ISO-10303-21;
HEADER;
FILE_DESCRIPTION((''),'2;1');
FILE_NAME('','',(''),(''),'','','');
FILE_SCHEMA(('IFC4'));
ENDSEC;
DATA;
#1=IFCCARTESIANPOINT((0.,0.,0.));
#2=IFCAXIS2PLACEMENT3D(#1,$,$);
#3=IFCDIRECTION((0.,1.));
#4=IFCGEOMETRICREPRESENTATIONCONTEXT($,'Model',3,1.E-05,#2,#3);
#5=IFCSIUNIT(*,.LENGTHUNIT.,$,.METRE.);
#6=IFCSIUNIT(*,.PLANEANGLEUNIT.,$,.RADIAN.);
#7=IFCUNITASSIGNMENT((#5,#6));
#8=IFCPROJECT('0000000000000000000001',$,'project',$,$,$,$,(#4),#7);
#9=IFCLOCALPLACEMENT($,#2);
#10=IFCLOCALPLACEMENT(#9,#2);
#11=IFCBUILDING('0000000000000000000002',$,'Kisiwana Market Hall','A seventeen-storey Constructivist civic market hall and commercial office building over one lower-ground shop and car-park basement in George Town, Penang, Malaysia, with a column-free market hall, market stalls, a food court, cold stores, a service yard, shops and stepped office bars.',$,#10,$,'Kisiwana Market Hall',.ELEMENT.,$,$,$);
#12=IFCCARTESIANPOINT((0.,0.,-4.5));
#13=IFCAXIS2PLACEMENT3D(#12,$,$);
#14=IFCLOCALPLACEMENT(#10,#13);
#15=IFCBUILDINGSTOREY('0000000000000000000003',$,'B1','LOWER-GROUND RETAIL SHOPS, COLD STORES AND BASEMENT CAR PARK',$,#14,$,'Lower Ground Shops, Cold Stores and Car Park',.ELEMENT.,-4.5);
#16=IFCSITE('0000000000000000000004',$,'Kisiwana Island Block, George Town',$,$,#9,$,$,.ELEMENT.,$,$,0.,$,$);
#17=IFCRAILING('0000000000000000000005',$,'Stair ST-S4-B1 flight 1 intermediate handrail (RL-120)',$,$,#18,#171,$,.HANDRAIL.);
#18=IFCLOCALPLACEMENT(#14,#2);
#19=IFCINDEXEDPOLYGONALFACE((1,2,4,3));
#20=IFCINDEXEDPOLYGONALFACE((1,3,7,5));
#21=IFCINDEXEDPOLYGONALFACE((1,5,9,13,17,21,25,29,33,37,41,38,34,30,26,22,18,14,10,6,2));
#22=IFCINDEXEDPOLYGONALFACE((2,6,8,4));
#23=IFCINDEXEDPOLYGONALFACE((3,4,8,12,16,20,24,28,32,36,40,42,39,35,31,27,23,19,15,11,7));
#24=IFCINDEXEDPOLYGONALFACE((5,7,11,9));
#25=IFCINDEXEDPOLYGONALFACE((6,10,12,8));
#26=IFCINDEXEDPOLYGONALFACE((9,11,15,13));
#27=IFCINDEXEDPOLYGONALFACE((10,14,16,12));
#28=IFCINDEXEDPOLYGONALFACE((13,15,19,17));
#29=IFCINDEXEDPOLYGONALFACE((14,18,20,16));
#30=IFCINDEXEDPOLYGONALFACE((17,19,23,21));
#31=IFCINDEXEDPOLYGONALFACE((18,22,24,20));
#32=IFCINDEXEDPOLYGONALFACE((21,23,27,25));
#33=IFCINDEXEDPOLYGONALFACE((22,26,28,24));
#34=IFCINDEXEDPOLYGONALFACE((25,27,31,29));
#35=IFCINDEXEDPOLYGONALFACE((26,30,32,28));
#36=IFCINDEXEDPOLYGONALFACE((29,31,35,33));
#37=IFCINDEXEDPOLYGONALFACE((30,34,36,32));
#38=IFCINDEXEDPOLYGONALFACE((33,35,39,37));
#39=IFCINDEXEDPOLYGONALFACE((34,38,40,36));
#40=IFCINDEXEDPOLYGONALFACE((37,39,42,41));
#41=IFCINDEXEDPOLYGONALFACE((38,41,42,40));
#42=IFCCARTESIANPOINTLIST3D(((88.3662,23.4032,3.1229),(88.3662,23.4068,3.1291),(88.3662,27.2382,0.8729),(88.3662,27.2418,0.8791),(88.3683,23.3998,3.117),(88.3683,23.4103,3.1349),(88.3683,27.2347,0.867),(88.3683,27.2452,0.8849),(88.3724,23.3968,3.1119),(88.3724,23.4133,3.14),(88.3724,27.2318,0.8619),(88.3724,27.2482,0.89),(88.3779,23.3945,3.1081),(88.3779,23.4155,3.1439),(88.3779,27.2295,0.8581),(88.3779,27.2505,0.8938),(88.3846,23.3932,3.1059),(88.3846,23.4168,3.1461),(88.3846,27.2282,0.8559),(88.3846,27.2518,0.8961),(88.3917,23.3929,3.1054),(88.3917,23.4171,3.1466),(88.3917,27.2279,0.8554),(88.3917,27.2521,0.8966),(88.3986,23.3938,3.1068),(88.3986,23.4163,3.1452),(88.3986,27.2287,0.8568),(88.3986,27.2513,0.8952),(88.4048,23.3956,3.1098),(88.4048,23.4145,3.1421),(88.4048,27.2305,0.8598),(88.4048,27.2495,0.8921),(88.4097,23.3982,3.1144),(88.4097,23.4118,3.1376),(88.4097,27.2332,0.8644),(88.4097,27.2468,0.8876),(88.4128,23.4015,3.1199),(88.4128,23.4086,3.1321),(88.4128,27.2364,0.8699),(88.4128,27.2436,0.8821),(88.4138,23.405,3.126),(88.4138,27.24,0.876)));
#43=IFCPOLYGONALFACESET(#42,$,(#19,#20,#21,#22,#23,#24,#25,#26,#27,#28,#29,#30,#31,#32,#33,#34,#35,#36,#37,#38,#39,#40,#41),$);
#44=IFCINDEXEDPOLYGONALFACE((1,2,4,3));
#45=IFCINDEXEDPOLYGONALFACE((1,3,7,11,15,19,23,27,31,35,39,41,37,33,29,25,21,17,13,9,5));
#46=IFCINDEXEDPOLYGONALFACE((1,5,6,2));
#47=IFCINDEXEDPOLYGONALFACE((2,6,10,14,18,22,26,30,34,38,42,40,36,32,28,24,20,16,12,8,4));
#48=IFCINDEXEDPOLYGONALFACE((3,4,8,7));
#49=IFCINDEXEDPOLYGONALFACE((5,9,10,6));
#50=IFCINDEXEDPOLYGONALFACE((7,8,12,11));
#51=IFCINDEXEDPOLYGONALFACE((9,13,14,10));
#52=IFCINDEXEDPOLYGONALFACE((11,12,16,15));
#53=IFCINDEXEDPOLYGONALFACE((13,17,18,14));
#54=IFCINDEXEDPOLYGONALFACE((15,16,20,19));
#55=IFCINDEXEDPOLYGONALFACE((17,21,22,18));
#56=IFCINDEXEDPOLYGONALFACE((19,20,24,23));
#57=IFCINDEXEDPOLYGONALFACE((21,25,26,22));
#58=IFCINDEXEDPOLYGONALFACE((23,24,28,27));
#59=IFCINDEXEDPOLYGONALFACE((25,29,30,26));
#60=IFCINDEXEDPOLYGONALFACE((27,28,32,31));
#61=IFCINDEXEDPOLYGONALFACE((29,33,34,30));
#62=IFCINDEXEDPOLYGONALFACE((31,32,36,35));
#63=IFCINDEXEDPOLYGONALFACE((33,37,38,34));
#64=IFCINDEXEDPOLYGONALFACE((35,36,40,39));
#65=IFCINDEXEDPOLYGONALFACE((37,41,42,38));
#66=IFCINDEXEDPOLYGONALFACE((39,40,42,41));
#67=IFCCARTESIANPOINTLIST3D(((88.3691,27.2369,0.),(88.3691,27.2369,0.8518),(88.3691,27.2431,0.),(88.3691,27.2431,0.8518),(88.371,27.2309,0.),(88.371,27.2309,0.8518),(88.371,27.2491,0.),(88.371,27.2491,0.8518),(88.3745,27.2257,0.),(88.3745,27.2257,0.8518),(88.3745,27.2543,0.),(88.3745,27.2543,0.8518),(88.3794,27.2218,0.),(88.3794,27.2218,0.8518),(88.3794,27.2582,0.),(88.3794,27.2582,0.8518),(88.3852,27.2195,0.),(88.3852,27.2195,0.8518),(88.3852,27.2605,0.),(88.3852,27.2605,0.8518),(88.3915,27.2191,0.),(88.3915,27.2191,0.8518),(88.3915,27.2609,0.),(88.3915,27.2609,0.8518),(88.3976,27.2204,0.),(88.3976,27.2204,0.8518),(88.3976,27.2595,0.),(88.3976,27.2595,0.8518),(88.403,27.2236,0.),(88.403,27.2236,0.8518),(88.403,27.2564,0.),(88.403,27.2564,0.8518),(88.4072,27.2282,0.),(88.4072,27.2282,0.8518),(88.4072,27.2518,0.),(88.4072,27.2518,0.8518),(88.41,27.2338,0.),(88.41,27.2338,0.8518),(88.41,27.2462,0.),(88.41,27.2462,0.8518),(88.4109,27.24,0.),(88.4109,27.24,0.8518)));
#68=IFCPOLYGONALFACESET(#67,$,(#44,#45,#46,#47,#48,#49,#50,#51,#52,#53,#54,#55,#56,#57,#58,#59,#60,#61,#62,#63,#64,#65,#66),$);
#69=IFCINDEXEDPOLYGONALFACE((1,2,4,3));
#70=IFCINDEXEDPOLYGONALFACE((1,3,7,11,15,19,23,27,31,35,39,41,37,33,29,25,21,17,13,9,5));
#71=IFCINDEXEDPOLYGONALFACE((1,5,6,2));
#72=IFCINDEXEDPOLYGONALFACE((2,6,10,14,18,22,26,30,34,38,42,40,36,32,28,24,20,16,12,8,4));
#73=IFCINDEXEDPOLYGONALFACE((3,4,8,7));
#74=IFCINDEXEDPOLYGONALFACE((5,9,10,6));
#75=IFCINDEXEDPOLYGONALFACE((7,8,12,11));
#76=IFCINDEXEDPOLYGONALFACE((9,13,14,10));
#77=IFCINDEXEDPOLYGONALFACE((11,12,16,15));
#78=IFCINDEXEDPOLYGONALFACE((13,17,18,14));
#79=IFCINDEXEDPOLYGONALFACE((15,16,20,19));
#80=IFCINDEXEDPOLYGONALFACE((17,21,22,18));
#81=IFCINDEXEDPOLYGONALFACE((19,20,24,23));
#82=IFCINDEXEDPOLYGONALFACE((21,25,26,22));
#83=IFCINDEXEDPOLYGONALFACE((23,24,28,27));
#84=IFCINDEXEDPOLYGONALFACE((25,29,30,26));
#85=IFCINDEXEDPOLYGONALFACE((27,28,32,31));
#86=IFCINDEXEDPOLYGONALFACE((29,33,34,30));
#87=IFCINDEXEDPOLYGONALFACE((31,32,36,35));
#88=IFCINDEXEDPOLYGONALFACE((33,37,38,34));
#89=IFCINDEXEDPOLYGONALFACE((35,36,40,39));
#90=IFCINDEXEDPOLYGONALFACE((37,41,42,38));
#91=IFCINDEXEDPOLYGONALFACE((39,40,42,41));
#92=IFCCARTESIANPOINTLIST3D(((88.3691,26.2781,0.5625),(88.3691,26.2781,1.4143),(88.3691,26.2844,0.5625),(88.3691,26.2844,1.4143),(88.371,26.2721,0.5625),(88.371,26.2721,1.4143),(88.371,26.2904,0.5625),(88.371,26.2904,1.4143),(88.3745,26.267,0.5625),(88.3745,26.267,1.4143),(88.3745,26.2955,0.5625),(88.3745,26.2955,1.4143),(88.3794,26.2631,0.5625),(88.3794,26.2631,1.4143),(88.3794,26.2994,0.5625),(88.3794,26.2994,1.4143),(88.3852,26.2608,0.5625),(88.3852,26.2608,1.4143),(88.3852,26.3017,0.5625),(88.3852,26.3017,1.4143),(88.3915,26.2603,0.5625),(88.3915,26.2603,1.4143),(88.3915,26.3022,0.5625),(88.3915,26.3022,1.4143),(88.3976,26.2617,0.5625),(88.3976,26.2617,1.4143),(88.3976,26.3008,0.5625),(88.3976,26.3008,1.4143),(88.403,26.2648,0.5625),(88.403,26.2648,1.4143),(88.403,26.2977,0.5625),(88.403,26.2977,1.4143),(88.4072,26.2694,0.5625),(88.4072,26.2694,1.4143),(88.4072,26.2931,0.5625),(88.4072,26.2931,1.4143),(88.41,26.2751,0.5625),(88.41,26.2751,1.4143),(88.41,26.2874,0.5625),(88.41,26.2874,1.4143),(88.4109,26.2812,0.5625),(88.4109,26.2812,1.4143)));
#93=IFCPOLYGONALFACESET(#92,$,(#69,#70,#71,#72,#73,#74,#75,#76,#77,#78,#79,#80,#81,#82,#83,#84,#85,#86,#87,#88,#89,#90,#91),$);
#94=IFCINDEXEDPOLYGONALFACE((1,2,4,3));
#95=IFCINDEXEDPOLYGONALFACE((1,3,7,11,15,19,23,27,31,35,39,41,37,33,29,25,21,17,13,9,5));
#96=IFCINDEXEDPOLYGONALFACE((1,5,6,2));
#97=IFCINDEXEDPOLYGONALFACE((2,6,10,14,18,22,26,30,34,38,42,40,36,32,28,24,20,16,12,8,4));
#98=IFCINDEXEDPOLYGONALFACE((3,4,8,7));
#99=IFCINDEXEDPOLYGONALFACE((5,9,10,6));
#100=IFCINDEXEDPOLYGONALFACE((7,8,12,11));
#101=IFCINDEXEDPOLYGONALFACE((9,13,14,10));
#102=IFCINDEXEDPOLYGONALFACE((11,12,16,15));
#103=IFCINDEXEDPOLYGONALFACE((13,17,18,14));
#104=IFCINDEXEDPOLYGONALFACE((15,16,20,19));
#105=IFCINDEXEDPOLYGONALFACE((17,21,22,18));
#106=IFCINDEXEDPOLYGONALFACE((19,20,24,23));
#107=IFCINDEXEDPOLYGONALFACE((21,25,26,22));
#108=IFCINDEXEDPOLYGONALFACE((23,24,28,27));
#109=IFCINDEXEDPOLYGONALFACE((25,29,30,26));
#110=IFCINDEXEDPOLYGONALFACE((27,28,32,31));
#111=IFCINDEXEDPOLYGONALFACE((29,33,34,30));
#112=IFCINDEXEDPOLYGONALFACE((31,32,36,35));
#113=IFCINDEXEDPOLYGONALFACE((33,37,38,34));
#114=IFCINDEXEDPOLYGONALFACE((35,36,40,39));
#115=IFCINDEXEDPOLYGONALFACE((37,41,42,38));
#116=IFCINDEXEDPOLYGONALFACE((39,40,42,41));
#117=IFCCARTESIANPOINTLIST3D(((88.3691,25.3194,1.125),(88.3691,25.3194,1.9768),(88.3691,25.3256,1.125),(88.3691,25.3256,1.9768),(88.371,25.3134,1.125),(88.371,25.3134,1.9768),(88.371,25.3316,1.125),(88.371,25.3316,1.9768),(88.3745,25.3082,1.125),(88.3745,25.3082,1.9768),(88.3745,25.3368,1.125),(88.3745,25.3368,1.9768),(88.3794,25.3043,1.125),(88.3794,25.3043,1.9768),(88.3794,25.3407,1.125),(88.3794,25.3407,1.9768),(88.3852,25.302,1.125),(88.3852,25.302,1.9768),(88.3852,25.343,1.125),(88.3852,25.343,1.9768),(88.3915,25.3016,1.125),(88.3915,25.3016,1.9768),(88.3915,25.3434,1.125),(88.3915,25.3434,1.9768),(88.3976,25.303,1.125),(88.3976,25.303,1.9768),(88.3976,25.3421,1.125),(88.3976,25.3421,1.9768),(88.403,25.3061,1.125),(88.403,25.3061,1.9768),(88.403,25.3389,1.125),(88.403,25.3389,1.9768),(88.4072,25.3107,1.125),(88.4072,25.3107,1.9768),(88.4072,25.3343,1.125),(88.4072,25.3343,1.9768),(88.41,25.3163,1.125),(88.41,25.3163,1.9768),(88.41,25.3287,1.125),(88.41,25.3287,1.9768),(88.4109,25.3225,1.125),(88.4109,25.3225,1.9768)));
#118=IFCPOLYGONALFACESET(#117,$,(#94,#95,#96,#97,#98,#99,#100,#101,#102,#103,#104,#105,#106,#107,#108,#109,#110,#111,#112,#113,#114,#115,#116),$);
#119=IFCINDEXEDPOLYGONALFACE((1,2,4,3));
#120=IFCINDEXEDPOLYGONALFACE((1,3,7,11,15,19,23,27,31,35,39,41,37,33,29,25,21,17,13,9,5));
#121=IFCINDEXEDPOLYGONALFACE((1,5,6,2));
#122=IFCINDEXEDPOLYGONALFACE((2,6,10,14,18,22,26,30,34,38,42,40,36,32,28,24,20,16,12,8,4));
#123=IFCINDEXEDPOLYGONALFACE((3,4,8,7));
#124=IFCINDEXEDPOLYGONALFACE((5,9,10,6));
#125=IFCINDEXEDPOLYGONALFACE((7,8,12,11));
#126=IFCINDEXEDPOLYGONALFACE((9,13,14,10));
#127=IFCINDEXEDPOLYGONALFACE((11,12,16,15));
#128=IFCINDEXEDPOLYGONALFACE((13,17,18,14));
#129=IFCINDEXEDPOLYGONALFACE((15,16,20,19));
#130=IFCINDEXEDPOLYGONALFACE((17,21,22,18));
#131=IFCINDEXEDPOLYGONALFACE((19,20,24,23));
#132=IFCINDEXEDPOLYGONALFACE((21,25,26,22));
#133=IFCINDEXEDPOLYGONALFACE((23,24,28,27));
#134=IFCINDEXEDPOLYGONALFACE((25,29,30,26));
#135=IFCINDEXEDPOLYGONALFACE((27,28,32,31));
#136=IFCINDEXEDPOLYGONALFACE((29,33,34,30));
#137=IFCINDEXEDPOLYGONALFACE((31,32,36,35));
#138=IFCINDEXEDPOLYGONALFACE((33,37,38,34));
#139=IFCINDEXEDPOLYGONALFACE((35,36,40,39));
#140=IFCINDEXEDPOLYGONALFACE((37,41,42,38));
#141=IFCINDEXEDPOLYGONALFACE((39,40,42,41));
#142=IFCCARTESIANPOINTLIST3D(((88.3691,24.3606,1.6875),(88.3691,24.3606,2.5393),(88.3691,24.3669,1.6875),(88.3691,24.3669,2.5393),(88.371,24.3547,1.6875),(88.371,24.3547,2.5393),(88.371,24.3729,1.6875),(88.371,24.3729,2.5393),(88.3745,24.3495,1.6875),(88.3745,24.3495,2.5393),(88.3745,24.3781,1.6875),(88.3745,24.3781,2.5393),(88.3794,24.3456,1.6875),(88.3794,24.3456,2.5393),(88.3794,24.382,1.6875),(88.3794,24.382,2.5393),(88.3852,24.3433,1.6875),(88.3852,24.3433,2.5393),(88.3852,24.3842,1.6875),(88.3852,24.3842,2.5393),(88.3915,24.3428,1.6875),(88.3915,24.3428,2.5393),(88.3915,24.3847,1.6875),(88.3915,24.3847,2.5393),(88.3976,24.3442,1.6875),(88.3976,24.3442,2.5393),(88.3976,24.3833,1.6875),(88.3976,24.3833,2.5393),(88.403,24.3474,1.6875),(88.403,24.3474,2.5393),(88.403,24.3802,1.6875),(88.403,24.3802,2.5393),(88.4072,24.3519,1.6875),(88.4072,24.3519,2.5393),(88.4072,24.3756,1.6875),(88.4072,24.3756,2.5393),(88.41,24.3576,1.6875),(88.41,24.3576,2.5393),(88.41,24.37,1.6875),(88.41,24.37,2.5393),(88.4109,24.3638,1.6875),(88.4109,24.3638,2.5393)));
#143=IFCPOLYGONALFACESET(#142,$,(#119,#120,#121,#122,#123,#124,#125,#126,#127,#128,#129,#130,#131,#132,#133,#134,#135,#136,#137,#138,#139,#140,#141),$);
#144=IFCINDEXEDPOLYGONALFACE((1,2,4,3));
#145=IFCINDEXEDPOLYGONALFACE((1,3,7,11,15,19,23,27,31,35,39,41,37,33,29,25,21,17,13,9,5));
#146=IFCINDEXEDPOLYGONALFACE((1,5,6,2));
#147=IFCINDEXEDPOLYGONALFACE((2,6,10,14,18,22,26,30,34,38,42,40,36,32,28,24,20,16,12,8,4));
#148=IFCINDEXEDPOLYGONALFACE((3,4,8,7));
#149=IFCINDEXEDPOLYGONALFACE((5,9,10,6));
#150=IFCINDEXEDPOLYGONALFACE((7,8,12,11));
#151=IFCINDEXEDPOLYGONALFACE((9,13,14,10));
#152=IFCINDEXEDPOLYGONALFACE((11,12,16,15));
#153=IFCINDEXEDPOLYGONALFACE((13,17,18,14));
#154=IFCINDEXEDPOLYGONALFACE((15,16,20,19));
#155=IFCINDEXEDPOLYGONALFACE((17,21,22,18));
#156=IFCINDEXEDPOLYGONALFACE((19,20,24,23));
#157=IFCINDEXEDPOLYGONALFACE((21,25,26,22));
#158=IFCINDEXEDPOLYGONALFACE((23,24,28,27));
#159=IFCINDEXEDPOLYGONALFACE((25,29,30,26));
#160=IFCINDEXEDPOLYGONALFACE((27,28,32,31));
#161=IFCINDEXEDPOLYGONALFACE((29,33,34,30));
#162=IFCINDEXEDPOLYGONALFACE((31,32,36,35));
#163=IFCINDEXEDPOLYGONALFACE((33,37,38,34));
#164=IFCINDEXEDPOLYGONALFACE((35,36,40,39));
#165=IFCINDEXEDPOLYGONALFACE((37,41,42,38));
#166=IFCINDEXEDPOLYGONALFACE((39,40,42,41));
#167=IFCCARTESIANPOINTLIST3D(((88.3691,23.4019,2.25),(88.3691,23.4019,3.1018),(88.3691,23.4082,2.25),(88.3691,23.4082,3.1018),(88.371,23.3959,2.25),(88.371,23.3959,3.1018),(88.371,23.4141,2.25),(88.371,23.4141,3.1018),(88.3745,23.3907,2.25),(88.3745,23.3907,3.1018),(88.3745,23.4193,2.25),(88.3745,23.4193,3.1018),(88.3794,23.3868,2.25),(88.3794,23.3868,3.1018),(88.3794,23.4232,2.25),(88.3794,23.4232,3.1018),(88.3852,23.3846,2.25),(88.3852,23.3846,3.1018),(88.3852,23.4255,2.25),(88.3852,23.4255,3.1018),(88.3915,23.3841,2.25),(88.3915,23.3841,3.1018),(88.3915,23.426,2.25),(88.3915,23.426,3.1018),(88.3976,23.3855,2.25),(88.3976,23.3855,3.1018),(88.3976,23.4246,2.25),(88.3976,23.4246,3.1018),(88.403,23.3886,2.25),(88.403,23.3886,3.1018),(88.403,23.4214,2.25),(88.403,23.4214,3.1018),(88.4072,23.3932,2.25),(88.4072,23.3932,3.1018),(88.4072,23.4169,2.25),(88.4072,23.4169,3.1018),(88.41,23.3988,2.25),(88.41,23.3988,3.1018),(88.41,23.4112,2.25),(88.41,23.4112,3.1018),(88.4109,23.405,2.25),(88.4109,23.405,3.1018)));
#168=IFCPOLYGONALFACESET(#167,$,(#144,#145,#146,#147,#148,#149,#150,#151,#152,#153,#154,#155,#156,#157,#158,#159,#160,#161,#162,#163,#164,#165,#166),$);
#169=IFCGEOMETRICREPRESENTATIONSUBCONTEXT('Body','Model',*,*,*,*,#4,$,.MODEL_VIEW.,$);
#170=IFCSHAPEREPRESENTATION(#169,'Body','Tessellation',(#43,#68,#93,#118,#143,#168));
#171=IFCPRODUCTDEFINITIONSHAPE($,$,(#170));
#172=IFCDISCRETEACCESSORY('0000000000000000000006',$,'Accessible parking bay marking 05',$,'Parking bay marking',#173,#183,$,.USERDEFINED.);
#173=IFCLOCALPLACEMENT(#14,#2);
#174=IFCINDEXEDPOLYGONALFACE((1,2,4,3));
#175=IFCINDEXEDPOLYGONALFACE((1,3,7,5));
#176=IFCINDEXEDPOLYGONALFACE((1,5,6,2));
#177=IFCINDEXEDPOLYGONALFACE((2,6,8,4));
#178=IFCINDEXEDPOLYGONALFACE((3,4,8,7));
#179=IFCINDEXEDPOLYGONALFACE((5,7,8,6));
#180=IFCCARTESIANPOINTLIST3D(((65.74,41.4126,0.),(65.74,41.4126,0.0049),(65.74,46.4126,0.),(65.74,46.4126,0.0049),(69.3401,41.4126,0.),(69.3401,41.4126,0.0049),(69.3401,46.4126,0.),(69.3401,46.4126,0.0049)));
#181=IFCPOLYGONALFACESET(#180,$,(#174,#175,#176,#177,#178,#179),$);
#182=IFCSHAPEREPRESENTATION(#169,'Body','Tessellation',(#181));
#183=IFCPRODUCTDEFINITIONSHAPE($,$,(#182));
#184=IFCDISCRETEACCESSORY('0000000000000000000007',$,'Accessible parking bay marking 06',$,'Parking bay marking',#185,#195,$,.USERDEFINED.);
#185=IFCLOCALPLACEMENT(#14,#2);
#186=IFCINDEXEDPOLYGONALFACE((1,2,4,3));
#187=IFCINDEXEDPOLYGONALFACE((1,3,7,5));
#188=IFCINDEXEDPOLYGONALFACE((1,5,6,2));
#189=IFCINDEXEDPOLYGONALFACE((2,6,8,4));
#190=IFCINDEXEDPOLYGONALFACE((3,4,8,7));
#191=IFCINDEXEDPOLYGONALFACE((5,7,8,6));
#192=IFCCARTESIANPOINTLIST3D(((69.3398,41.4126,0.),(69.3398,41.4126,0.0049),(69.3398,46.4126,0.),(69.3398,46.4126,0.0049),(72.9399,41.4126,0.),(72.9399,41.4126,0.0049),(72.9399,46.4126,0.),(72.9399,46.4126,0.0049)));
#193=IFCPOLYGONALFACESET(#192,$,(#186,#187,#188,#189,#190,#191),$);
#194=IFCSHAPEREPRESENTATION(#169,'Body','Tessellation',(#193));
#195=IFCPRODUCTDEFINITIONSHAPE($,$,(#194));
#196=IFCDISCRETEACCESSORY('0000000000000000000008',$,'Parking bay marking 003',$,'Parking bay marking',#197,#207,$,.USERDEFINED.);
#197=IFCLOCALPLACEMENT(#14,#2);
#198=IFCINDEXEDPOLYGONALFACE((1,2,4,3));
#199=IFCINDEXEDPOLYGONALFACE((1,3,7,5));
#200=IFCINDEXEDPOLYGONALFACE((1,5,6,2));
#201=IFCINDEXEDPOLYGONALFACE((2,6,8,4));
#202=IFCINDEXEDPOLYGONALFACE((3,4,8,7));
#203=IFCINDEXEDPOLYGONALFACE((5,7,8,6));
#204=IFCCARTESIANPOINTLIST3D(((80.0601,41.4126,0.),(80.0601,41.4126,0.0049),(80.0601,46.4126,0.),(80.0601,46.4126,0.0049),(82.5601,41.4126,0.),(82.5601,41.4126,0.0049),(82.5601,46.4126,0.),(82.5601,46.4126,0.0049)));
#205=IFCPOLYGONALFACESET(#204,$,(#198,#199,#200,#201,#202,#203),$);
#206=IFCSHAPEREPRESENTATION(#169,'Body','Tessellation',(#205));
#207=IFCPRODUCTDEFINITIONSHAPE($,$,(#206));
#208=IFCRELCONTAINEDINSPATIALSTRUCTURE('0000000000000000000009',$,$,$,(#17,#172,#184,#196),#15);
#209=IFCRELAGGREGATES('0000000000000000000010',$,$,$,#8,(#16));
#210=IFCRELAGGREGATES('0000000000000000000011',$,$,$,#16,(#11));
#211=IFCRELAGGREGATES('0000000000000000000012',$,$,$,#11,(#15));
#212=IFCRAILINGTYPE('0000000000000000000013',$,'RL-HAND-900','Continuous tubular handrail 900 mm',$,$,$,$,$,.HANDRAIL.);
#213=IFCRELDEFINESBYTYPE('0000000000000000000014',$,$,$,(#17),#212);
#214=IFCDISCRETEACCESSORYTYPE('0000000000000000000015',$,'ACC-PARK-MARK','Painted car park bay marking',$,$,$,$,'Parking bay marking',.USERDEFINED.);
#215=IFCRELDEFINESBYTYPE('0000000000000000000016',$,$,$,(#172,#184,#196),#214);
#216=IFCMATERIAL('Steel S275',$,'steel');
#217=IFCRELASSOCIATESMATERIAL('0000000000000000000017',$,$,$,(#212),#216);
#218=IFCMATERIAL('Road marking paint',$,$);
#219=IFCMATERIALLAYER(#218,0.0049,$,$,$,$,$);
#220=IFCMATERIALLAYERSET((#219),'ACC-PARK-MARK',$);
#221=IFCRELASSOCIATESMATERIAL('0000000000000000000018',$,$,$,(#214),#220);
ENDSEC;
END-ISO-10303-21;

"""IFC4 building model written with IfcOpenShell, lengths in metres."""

from ifc_helpers import new_model, si_unit, direction, frame, origin, origin_2d, place, context, subcontext, project, spatial, rectangle, circle, extrude, material, layer, layer_set, type_object, element, save


model = new_model("IFC4")

# Units and contexts
model_context = context("Model", 3, precision=1e-05, world=origin(), true_north=direction((0.0, 1.0)))
body_context = subcontext(model_context, "Body", "Model", "MODEL_VIEW")
ifc_project = project(units=[si_unit("LENGTHUNIT", "METRE"), si_unit("PLANEANGLEUNIT", "RADIAN")], contexts=[model_context])

# Site, building, storey
site_placement = place(None, origin())
site = spatial("IfcSite", under=ifc_project, at=site_placement, Name="Kisiwana Island Block, George Town", CompositionType="ELEMENT", RefElevation=0.0)
building_placement = place(site_placement, origin())
building = spatial("IfcBuilding", under=site, at=building_placement, Name="Kisiwana Market Hall", Description="A seventeen-storey Constructivist civic market hall and commercial office building over one lower-ground shop and car-park basement in George Town, Penang, Malaysia, with a column-free market hall, market stalls, a food court, cold stores, a service yard, shops and stepped office bars.", LongName="Kisiwana Market Hall", CompositionType="ELEMENT")
storey_placement = place(building_placement, frame((0.0, 0.0, -4.5)))
storey = spatial("IfcBuildingStorey", under=building, at=storey_placement, Name="B1", Description="LOWER-GROUND RETAIL SHOPS, COLD STORES AND BASEMENT CAR PARK", LongName="Lower Ground Shops, Cold Stores and Car Park", CompositionType="ELEMENT", Elevation=-4.5)

# Railing
ifc_material_1 = material(Name="Steel S275", Category="steel")
railing_type_1 = type_object("IfcRailingType", Name="RL-HAND-900", Description="Continuous tubular handrail 900 mm", PredefinedType="HANDRAIL", material=ifc_material_1)
for number, where, name in (
    (1, (88.3899, 27.24, 0.0), "Stair ST-S4-B1 flight 1 intermediate handrail (RL-120)"),
):
    element("IfcRailing", number, at=place(storey_placement, frame(where)), inside=storey, type_object=railing_type_1, Name=name, PredefinedType="HANDRAIL", context=body_context, shape_type="SweptSolid", body=[
        extrude(circle(Radius=0.0239, at=origin_2d()), frame((0.0, 0.0, 0.876), z_axis=(0.0, -0.86251, 0.506041), x_axis=(1.0, 0.0, 0.0)), (0.0, 0.0, 1.0), 4.4463),
        extrude(circle(Radius=0.021, at=origin_2d()), origin(), (0.0, 0.0, 1.0), 0.8518),
        extrude(circle(Radius=0.021, at=origin_2d()), frame((0.0, -0.9587, 0.5625)), (0.0, 0.0, 1.0), 0.8518),
        extrude(circle(Radius=0.021, at=origin_2d()), frame((0.0, -1.9175, 1.125)), (0.0, 0.0, 1.0), 0.8518),
        extrude(circle(Radius=0.021, at=origin_2d()), frame((0.0, -2.8762, 1.6875)), (0.0, 0.0, 1.0), 0.8518),
        extrude(circle(Radius=0.021, at=origin_2d()), frame((0.0, -3.835, 2.25)), (0.0, 0.0, 1.0), 0.8518),
    ])

# Discrete accessories
ifc_material_2 = material(Name="Road marking paint")
ifc_layer_1 = layer(ifc_material_2, 0.0049)
ifc_layer_set_1 = layer_set([ifc_layer_1], Name="ACC-PARK-MARK")
discrete_accessory_type = type_object("IfcDiscreteAccessoryType", Name="ACC-PARK-MARK", Description="Painted car park bay marking", ElementType="Parking bay marking", PredefinedType="USERDEFINED", material=ifc_layer_set_1)
for number, where, z_axis, x_axis, name in (
    (2, (67.54, 43.9126, 0.0), (0.0, 0.0, 1.0), (1.0, 0.0, 0.0), "Accessible parking bay marking 05"),
    (3, (71.1399, 43.9126, 0.0), (0.0, 0.0, 1.0), (1.0, 0.0, 0.0), "Accessible parking bay marking 06"),
):
    element("IfcDiscreteAccessory", number, at=place(storey_placement, frame(where, z_axis=z_axis, x_axis=x_axis)), inside=storey, type_object=discrete_accessory_type, Name=name, ObjectType="Parking bay marking", PredefinedType="USERDEFINED", context=body_context, shape_type="SweptSolid", body=[
        extrude(rectangle(XDim=3.6001, YDim=5.0, at=origin_2d()), origin(), (0.0, 0.0, 1.0), 0.0049),
    ])
for number, where, z_axis, x_axis, name in (
    (4, (81.3101, 43.9126, 0.0), (0.0, 0.0, 1.0), (1.0, 0.0, 0.0), "Parking bay marking 003"),
):
    element("IfcDiscreteAccessory", number, at=place(storey_placement, frame(where, z_axis=z_axis, x_axis=x_axis)), inside=storey, type_object=discrete_accessory_type, Name=name, ObjectType="Parking bay marking", PredefinedType="USERDEFINED", context=body_context, shape_type="SweptSolid", body=[
        extrude(rectangle(XDim=2.5, YDim=5.0, at=origin_2d()), origin(), (0.0, 0.0, 1.0), 0.0049),
    ])

save(model, "model.ifc")
